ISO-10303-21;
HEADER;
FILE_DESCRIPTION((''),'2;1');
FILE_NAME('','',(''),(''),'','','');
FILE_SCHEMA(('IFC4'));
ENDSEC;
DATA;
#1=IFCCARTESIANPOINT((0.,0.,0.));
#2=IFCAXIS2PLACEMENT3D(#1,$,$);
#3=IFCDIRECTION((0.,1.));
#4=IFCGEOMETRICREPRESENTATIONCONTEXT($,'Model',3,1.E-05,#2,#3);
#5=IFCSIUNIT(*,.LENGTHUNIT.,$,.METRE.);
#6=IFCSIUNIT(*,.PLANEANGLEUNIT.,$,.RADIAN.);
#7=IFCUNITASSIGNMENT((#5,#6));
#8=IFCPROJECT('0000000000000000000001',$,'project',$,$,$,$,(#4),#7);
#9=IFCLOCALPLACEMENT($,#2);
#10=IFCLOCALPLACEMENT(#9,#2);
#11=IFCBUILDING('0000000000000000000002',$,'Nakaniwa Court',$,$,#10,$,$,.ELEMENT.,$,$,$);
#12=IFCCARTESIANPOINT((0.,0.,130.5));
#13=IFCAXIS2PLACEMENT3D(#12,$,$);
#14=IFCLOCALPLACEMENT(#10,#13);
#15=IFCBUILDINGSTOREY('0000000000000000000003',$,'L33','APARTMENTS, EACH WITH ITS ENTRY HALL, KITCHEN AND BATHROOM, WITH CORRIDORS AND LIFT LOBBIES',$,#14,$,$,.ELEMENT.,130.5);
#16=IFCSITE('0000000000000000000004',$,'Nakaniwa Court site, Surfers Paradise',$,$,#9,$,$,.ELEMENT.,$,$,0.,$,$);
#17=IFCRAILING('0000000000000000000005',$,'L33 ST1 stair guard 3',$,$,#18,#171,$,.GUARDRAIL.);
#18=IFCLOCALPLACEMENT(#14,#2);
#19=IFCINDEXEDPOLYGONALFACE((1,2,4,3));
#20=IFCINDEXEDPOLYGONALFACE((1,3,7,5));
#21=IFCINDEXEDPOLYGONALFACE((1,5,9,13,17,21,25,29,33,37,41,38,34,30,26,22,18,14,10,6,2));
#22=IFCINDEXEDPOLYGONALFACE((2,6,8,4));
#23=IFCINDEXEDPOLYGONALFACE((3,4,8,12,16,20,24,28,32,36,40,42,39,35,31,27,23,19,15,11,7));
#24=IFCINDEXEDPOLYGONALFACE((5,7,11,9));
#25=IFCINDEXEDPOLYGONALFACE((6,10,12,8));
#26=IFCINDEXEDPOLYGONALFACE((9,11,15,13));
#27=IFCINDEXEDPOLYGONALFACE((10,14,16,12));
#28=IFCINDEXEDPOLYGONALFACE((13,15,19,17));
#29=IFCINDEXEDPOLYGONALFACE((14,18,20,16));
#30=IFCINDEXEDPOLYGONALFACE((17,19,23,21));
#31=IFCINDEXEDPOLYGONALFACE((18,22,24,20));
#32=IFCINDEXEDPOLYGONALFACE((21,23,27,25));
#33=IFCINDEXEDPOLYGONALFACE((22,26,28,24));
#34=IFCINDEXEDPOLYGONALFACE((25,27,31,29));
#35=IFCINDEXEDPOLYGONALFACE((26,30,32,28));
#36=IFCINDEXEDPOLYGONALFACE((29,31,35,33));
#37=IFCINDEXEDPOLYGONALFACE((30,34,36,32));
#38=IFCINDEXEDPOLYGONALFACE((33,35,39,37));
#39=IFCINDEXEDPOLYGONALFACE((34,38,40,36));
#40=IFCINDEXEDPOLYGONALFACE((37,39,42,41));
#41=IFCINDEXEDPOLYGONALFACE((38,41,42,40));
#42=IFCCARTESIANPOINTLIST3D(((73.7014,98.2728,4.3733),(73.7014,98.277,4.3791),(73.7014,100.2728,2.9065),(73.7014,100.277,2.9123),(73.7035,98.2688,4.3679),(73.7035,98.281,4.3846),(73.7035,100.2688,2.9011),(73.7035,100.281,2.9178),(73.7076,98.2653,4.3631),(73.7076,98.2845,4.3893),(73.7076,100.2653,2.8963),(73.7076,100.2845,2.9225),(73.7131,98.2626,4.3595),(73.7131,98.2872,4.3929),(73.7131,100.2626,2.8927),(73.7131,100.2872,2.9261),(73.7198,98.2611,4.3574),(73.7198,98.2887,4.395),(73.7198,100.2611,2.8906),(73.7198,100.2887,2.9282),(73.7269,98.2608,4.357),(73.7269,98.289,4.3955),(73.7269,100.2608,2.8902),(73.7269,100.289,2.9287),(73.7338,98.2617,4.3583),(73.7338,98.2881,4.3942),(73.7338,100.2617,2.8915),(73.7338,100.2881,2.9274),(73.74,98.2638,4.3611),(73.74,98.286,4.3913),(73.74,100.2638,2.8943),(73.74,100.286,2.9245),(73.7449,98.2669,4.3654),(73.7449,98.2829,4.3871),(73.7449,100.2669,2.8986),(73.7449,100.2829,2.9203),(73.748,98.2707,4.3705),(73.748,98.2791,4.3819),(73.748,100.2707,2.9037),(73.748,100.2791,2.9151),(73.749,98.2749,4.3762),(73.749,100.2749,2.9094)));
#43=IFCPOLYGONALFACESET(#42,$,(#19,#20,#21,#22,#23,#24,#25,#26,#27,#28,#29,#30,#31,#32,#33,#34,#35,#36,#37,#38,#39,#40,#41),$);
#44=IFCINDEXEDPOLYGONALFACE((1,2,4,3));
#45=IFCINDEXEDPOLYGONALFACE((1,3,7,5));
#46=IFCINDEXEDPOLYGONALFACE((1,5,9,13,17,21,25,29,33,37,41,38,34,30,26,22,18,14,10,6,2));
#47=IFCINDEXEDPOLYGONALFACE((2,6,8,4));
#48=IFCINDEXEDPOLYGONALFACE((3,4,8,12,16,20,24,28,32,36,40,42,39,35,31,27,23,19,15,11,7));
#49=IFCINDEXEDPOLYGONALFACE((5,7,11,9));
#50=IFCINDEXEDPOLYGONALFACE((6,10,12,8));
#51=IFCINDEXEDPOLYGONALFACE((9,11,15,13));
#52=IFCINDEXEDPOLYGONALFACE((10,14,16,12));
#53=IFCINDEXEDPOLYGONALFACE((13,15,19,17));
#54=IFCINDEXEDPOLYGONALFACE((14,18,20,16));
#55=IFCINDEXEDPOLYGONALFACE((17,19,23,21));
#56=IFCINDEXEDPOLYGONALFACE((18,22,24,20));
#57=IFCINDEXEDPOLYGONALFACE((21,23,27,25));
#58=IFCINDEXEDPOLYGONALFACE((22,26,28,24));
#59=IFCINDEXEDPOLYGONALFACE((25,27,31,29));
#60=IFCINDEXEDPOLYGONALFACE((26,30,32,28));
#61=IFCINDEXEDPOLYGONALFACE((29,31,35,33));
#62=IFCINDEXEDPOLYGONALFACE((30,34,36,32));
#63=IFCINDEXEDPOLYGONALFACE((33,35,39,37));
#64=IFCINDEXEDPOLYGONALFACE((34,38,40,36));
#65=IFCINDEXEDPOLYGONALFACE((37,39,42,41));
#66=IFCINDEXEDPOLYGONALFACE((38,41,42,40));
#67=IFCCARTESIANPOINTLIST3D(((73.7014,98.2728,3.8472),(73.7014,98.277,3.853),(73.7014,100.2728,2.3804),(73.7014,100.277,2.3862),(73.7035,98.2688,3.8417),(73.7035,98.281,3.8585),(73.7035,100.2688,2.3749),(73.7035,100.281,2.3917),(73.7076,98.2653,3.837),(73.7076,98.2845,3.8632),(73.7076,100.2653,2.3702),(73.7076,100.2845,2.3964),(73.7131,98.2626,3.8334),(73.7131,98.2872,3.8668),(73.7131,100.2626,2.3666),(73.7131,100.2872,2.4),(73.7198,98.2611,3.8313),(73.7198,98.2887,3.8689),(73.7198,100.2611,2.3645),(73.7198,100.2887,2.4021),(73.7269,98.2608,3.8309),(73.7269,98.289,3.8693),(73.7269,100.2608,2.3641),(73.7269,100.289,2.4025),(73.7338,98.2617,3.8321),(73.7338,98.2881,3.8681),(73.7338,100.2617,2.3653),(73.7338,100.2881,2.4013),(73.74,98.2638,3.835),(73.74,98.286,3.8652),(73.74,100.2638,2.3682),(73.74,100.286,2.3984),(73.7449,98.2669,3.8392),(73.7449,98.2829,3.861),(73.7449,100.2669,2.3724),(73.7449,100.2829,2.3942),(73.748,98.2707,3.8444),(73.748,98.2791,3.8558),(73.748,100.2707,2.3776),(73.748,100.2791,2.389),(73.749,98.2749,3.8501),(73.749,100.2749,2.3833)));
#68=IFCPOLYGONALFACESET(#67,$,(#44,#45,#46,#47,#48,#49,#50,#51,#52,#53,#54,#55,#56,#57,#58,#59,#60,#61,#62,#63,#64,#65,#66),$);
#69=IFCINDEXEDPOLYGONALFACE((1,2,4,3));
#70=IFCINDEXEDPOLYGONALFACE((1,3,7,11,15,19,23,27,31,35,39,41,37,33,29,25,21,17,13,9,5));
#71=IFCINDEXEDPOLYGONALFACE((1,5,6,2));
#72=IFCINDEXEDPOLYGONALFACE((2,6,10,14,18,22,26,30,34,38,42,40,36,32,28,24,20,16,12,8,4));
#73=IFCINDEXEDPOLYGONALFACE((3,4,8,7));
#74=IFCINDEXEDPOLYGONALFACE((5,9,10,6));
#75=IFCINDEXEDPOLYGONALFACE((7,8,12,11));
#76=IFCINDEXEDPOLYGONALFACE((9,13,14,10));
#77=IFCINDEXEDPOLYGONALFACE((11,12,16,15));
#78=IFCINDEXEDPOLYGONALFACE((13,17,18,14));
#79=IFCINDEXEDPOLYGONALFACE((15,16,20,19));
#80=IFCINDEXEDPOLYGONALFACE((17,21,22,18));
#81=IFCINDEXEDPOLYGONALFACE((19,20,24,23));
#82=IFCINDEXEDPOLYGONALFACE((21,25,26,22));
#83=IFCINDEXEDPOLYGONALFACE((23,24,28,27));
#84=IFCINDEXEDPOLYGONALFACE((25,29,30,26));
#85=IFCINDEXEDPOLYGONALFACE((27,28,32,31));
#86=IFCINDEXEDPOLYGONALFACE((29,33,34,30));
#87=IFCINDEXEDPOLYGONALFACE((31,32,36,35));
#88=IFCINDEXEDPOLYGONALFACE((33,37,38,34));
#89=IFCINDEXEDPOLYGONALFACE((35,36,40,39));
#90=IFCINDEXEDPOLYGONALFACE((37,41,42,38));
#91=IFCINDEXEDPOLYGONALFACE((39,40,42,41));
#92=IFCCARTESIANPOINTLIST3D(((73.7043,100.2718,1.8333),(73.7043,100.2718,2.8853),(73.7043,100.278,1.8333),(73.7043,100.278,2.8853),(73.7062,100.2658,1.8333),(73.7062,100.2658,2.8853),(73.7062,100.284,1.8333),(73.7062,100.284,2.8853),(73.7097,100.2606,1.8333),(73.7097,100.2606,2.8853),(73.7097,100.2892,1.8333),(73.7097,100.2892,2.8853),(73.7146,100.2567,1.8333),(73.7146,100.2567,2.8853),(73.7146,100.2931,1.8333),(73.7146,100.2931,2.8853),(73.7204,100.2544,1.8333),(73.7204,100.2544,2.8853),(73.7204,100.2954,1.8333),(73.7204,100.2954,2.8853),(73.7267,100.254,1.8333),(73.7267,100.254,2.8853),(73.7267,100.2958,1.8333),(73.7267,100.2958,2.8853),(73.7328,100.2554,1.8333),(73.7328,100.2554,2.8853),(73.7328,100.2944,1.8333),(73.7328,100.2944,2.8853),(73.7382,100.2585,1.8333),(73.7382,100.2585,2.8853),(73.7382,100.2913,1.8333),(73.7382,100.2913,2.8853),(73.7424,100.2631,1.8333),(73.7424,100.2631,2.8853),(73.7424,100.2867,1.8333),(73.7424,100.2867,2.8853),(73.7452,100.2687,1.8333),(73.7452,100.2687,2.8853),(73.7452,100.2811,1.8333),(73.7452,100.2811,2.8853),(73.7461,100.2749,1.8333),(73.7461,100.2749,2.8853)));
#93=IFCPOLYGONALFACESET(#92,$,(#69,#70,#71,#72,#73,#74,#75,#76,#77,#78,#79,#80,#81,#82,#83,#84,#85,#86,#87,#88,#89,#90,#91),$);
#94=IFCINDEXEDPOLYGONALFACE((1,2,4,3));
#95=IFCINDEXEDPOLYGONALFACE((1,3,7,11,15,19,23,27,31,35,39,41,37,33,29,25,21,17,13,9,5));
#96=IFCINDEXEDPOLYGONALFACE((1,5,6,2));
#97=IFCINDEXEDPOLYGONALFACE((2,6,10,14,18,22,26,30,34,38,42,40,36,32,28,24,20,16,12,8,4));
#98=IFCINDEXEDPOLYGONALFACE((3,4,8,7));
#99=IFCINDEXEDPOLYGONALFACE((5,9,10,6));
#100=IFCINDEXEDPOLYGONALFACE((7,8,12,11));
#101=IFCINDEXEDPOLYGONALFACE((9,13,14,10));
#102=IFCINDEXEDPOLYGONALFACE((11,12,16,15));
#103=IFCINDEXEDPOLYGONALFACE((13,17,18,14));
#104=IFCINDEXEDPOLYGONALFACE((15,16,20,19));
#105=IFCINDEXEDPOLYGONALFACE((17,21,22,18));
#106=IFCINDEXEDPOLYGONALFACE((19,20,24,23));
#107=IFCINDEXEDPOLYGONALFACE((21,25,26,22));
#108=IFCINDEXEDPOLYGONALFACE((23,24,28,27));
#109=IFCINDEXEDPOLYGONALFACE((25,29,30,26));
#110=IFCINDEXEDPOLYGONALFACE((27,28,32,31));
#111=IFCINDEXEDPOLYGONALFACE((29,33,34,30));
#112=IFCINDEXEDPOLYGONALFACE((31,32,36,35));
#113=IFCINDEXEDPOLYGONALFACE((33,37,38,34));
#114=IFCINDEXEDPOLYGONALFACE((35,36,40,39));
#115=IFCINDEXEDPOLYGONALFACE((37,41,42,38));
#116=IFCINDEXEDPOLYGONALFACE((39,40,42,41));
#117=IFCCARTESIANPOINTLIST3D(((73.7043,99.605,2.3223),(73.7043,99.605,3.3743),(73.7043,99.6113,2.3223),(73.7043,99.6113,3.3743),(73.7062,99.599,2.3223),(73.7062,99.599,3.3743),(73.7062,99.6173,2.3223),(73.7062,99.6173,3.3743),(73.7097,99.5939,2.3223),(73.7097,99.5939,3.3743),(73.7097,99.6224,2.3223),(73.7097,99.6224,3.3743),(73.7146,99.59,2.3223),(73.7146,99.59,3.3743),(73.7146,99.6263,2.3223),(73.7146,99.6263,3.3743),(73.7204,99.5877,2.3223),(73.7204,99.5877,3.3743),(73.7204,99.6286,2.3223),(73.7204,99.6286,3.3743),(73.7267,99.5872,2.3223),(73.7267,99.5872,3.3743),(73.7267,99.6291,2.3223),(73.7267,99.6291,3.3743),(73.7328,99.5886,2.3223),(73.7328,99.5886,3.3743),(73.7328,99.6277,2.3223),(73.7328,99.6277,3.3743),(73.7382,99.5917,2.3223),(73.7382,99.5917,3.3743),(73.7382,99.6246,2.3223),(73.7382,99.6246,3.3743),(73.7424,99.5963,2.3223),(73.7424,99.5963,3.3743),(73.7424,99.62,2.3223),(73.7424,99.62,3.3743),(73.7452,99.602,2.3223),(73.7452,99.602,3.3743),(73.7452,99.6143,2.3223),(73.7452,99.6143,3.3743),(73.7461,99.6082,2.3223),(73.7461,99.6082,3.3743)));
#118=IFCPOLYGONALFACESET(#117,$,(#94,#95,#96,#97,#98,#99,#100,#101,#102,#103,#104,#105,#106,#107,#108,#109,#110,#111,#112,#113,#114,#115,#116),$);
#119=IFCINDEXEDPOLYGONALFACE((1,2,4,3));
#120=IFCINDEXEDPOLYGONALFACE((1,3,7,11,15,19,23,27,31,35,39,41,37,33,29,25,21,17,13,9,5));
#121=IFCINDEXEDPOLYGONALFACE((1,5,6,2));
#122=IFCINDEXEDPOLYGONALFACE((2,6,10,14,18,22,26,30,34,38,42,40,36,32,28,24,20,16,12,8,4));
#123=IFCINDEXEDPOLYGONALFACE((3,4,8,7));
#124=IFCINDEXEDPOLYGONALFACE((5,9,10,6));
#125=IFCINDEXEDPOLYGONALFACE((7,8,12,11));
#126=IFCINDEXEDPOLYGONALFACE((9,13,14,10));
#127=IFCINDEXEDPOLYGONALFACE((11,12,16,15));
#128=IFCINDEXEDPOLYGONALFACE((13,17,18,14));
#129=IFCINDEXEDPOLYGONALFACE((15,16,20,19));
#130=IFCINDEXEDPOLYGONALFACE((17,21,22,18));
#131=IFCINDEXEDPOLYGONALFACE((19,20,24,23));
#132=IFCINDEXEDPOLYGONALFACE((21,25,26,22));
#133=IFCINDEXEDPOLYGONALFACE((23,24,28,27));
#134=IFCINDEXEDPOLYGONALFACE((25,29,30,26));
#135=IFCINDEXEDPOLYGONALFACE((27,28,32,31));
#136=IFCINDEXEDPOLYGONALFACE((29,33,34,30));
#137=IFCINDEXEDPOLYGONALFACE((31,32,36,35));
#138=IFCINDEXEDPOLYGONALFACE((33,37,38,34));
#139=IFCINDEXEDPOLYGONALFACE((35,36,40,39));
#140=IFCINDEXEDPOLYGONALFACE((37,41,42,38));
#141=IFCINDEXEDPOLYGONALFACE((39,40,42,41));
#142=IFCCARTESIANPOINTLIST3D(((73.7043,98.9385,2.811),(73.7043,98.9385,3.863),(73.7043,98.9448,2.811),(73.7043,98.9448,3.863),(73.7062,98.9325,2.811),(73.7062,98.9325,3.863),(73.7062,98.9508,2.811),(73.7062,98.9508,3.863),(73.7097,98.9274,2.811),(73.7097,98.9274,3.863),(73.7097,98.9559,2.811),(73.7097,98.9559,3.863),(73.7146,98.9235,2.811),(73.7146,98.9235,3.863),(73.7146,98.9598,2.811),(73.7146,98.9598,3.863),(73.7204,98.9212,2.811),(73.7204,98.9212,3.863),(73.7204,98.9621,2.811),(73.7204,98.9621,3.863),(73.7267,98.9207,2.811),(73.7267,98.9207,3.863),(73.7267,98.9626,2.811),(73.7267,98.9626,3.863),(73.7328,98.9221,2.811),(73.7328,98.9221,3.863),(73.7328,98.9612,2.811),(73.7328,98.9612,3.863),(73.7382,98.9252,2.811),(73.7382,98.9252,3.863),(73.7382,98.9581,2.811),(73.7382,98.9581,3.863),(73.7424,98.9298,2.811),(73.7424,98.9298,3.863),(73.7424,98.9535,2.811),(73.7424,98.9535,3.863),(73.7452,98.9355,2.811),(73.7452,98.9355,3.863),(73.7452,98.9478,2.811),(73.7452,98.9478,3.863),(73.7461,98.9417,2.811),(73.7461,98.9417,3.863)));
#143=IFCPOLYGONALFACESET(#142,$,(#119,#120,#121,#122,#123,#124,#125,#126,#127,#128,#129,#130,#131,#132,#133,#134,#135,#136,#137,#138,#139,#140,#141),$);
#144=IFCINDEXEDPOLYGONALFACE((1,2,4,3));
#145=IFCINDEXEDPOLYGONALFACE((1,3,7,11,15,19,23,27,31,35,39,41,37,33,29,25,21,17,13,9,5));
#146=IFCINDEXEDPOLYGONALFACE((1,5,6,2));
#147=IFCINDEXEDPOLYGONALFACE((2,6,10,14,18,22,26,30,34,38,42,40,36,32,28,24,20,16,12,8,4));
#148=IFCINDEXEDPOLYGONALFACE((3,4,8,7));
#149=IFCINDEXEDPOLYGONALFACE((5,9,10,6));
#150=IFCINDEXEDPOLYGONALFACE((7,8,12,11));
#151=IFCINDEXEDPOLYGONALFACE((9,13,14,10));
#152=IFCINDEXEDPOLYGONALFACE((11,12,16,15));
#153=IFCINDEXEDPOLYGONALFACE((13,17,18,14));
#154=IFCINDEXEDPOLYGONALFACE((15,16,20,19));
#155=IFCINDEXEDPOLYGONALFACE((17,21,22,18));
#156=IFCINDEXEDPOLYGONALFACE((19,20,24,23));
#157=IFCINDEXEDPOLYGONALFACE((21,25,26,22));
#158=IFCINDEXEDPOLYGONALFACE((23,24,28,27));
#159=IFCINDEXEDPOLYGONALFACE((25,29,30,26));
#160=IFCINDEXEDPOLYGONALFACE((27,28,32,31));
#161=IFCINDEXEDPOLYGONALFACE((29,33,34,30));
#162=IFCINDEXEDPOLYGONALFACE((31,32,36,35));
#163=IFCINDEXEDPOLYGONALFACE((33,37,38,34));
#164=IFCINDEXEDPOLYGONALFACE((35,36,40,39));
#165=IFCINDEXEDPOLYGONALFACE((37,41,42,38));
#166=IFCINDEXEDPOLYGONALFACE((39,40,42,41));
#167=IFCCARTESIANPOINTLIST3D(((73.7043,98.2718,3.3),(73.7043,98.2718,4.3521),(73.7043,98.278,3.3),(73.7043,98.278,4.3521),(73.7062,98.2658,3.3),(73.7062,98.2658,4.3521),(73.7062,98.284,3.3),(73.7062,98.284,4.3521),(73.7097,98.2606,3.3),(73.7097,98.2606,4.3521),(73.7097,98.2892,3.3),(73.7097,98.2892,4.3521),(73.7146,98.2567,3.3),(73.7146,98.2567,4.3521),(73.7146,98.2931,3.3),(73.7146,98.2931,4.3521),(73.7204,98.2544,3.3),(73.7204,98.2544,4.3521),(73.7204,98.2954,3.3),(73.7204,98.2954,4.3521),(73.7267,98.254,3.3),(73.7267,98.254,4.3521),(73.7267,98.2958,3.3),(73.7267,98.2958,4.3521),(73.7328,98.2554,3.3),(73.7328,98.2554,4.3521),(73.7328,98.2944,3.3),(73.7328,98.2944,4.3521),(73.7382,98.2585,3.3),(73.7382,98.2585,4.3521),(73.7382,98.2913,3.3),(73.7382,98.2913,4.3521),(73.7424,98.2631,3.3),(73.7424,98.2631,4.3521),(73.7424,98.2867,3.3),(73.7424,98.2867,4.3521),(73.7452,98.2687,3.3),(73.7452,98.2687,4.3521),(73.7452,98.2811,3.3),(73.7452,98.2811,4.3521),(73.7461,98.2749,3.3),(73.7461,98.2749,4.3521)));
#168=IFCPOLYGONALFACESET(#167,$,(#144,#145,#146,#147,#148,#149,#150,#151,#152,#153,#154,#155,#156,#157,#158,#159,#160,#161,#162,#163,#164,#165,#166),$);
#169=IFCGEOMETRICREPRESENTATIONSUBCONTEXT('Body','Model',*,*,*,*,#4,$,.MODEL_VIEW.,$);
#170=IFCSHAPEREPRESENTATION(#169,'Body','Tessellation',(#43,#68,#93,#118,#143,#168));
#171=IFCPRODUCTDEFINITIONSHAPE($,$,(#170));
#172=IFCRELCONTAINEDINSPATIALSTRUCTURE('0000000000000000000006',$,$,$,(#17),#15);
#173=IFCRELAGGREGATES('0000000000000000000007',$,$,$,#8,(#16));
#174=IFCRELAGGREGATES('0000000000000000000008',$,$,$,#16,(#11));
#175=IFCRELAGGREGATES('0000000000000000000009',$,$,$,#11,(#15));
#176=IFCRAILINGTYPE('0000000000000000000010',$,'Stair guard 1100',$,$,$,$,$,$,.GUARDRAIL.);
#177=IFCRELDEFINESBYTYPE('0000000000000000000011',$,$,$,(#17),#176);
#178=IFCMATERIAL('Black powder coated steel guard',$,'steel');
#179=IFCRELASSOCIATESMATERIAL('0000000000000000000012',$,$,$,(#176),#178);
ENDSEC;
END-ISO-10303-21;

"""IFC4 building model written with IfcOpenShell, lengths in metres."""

from ifc_helpers import new_model, si_unit, direction, frame, origin, origin_2d, place, context, subcontext, project, spatial, circle, extrude, material, type_object, element, save


model = new_model("IFC4")

# Units and contexts
model_context = context("Model", 3, precision=1e-05, world=origin(), true_north=direction((0.0, 1.0)))
body_context = subcontext(model_context, "Body", "Model", "MODEL_VIEW")
ifc_project = project(units=[si_unit("LENGTHUNIT", "METRE"), si_unit("PLANEANGLEUNIT", "RADIAN")], contexts=[model_context])

# Site, building, storey
site_placement = place(None, origin())
site = spatial("IfcSite", under=ifc_project, at=site_placement, Name="Nakaniwa Court site, Surfers Paradise", CompositionType="ELEMENT", RefElevation=0.0)
building_placement = place(site_placement, origin())
building = spatial("IfcBuilding", under=site, at=building_placement, Name="Nakaniwa Court", CompositionType="ELEMENT")
storey_placement = place(building_placement, frame((0.0, 0.0, 130.5)))
storey = spatial("IfcBuildingStorey", under=building, at=storey_placement, Name="L33", Description="APARTMENTS, EACH WITH ITS ENTRY HALL, KITCHEN AND BATHROOM, WITH CORRIDORS AND LIFT LOBBIES", CompositionType="ELEMENT", Elevation=130.5)

# Railing
ifc_material_1 = material(Name="Black powder coated steel guard", Category="steel")
railing_type_1 = type_object("IfcRailingType", Name="Stair guard 1100", PredefinedType="GUARDRAIL", material=ifc_material_1)
railing_1_placement = place(storey_placement, frame((73.7251, 100.2749, 1.8333)))
element("IfcRailing", 1, at=railing_1_placement, inside=storey, type_object=railing_type_1, Name="L33 ST1 stair guard 3", PredefinedType="GUARDRAIL", context=body_context, shape_type="SweptSolid", body=[
    extrude(circle(Radius=0.0239, at=origin_2d()), frame((0.0, 0.0, 1.0762), z_axis=(0.0, -0.80638, 0.591398), x_axis=(1.0, 0.0, 0.0)), (0.0, 0.0, 1.0), 2.4802),
    extrude(circle(Radius=0.0239, at=origin_2d()), frame((0.0, 0.0, 0.55), z_axis=(0.0, -0.80638, 0.591398), x_axis=(1.0, 0.0, 0.0)), (0.0, 0.0, 1.0), 2.4802),
    extrude(circle(Radius=0.021, at=origin_2d()), origin(), (0.0, 0.0, 1.0), 1.052),
    extrude(circle(Radius=0.021, at=origin_2d()), frame((0.0, -0.6667, 0.489)), (0.0, 0.0, 1.0), 1.052),
    extrude(circle(Radius=0.021, at=origin_2d()), frame((0.0, -1.3333, 0.9778)), (0.0, 0.0, 1.0), 1.052),
    extrude(circle(Radius=0.021, at=origin_2d()), frame((0.0, -2.0, 1.4668)), (0.0, 0.0, 1.0), 1.052),
])

save(model, "model.ifc")
